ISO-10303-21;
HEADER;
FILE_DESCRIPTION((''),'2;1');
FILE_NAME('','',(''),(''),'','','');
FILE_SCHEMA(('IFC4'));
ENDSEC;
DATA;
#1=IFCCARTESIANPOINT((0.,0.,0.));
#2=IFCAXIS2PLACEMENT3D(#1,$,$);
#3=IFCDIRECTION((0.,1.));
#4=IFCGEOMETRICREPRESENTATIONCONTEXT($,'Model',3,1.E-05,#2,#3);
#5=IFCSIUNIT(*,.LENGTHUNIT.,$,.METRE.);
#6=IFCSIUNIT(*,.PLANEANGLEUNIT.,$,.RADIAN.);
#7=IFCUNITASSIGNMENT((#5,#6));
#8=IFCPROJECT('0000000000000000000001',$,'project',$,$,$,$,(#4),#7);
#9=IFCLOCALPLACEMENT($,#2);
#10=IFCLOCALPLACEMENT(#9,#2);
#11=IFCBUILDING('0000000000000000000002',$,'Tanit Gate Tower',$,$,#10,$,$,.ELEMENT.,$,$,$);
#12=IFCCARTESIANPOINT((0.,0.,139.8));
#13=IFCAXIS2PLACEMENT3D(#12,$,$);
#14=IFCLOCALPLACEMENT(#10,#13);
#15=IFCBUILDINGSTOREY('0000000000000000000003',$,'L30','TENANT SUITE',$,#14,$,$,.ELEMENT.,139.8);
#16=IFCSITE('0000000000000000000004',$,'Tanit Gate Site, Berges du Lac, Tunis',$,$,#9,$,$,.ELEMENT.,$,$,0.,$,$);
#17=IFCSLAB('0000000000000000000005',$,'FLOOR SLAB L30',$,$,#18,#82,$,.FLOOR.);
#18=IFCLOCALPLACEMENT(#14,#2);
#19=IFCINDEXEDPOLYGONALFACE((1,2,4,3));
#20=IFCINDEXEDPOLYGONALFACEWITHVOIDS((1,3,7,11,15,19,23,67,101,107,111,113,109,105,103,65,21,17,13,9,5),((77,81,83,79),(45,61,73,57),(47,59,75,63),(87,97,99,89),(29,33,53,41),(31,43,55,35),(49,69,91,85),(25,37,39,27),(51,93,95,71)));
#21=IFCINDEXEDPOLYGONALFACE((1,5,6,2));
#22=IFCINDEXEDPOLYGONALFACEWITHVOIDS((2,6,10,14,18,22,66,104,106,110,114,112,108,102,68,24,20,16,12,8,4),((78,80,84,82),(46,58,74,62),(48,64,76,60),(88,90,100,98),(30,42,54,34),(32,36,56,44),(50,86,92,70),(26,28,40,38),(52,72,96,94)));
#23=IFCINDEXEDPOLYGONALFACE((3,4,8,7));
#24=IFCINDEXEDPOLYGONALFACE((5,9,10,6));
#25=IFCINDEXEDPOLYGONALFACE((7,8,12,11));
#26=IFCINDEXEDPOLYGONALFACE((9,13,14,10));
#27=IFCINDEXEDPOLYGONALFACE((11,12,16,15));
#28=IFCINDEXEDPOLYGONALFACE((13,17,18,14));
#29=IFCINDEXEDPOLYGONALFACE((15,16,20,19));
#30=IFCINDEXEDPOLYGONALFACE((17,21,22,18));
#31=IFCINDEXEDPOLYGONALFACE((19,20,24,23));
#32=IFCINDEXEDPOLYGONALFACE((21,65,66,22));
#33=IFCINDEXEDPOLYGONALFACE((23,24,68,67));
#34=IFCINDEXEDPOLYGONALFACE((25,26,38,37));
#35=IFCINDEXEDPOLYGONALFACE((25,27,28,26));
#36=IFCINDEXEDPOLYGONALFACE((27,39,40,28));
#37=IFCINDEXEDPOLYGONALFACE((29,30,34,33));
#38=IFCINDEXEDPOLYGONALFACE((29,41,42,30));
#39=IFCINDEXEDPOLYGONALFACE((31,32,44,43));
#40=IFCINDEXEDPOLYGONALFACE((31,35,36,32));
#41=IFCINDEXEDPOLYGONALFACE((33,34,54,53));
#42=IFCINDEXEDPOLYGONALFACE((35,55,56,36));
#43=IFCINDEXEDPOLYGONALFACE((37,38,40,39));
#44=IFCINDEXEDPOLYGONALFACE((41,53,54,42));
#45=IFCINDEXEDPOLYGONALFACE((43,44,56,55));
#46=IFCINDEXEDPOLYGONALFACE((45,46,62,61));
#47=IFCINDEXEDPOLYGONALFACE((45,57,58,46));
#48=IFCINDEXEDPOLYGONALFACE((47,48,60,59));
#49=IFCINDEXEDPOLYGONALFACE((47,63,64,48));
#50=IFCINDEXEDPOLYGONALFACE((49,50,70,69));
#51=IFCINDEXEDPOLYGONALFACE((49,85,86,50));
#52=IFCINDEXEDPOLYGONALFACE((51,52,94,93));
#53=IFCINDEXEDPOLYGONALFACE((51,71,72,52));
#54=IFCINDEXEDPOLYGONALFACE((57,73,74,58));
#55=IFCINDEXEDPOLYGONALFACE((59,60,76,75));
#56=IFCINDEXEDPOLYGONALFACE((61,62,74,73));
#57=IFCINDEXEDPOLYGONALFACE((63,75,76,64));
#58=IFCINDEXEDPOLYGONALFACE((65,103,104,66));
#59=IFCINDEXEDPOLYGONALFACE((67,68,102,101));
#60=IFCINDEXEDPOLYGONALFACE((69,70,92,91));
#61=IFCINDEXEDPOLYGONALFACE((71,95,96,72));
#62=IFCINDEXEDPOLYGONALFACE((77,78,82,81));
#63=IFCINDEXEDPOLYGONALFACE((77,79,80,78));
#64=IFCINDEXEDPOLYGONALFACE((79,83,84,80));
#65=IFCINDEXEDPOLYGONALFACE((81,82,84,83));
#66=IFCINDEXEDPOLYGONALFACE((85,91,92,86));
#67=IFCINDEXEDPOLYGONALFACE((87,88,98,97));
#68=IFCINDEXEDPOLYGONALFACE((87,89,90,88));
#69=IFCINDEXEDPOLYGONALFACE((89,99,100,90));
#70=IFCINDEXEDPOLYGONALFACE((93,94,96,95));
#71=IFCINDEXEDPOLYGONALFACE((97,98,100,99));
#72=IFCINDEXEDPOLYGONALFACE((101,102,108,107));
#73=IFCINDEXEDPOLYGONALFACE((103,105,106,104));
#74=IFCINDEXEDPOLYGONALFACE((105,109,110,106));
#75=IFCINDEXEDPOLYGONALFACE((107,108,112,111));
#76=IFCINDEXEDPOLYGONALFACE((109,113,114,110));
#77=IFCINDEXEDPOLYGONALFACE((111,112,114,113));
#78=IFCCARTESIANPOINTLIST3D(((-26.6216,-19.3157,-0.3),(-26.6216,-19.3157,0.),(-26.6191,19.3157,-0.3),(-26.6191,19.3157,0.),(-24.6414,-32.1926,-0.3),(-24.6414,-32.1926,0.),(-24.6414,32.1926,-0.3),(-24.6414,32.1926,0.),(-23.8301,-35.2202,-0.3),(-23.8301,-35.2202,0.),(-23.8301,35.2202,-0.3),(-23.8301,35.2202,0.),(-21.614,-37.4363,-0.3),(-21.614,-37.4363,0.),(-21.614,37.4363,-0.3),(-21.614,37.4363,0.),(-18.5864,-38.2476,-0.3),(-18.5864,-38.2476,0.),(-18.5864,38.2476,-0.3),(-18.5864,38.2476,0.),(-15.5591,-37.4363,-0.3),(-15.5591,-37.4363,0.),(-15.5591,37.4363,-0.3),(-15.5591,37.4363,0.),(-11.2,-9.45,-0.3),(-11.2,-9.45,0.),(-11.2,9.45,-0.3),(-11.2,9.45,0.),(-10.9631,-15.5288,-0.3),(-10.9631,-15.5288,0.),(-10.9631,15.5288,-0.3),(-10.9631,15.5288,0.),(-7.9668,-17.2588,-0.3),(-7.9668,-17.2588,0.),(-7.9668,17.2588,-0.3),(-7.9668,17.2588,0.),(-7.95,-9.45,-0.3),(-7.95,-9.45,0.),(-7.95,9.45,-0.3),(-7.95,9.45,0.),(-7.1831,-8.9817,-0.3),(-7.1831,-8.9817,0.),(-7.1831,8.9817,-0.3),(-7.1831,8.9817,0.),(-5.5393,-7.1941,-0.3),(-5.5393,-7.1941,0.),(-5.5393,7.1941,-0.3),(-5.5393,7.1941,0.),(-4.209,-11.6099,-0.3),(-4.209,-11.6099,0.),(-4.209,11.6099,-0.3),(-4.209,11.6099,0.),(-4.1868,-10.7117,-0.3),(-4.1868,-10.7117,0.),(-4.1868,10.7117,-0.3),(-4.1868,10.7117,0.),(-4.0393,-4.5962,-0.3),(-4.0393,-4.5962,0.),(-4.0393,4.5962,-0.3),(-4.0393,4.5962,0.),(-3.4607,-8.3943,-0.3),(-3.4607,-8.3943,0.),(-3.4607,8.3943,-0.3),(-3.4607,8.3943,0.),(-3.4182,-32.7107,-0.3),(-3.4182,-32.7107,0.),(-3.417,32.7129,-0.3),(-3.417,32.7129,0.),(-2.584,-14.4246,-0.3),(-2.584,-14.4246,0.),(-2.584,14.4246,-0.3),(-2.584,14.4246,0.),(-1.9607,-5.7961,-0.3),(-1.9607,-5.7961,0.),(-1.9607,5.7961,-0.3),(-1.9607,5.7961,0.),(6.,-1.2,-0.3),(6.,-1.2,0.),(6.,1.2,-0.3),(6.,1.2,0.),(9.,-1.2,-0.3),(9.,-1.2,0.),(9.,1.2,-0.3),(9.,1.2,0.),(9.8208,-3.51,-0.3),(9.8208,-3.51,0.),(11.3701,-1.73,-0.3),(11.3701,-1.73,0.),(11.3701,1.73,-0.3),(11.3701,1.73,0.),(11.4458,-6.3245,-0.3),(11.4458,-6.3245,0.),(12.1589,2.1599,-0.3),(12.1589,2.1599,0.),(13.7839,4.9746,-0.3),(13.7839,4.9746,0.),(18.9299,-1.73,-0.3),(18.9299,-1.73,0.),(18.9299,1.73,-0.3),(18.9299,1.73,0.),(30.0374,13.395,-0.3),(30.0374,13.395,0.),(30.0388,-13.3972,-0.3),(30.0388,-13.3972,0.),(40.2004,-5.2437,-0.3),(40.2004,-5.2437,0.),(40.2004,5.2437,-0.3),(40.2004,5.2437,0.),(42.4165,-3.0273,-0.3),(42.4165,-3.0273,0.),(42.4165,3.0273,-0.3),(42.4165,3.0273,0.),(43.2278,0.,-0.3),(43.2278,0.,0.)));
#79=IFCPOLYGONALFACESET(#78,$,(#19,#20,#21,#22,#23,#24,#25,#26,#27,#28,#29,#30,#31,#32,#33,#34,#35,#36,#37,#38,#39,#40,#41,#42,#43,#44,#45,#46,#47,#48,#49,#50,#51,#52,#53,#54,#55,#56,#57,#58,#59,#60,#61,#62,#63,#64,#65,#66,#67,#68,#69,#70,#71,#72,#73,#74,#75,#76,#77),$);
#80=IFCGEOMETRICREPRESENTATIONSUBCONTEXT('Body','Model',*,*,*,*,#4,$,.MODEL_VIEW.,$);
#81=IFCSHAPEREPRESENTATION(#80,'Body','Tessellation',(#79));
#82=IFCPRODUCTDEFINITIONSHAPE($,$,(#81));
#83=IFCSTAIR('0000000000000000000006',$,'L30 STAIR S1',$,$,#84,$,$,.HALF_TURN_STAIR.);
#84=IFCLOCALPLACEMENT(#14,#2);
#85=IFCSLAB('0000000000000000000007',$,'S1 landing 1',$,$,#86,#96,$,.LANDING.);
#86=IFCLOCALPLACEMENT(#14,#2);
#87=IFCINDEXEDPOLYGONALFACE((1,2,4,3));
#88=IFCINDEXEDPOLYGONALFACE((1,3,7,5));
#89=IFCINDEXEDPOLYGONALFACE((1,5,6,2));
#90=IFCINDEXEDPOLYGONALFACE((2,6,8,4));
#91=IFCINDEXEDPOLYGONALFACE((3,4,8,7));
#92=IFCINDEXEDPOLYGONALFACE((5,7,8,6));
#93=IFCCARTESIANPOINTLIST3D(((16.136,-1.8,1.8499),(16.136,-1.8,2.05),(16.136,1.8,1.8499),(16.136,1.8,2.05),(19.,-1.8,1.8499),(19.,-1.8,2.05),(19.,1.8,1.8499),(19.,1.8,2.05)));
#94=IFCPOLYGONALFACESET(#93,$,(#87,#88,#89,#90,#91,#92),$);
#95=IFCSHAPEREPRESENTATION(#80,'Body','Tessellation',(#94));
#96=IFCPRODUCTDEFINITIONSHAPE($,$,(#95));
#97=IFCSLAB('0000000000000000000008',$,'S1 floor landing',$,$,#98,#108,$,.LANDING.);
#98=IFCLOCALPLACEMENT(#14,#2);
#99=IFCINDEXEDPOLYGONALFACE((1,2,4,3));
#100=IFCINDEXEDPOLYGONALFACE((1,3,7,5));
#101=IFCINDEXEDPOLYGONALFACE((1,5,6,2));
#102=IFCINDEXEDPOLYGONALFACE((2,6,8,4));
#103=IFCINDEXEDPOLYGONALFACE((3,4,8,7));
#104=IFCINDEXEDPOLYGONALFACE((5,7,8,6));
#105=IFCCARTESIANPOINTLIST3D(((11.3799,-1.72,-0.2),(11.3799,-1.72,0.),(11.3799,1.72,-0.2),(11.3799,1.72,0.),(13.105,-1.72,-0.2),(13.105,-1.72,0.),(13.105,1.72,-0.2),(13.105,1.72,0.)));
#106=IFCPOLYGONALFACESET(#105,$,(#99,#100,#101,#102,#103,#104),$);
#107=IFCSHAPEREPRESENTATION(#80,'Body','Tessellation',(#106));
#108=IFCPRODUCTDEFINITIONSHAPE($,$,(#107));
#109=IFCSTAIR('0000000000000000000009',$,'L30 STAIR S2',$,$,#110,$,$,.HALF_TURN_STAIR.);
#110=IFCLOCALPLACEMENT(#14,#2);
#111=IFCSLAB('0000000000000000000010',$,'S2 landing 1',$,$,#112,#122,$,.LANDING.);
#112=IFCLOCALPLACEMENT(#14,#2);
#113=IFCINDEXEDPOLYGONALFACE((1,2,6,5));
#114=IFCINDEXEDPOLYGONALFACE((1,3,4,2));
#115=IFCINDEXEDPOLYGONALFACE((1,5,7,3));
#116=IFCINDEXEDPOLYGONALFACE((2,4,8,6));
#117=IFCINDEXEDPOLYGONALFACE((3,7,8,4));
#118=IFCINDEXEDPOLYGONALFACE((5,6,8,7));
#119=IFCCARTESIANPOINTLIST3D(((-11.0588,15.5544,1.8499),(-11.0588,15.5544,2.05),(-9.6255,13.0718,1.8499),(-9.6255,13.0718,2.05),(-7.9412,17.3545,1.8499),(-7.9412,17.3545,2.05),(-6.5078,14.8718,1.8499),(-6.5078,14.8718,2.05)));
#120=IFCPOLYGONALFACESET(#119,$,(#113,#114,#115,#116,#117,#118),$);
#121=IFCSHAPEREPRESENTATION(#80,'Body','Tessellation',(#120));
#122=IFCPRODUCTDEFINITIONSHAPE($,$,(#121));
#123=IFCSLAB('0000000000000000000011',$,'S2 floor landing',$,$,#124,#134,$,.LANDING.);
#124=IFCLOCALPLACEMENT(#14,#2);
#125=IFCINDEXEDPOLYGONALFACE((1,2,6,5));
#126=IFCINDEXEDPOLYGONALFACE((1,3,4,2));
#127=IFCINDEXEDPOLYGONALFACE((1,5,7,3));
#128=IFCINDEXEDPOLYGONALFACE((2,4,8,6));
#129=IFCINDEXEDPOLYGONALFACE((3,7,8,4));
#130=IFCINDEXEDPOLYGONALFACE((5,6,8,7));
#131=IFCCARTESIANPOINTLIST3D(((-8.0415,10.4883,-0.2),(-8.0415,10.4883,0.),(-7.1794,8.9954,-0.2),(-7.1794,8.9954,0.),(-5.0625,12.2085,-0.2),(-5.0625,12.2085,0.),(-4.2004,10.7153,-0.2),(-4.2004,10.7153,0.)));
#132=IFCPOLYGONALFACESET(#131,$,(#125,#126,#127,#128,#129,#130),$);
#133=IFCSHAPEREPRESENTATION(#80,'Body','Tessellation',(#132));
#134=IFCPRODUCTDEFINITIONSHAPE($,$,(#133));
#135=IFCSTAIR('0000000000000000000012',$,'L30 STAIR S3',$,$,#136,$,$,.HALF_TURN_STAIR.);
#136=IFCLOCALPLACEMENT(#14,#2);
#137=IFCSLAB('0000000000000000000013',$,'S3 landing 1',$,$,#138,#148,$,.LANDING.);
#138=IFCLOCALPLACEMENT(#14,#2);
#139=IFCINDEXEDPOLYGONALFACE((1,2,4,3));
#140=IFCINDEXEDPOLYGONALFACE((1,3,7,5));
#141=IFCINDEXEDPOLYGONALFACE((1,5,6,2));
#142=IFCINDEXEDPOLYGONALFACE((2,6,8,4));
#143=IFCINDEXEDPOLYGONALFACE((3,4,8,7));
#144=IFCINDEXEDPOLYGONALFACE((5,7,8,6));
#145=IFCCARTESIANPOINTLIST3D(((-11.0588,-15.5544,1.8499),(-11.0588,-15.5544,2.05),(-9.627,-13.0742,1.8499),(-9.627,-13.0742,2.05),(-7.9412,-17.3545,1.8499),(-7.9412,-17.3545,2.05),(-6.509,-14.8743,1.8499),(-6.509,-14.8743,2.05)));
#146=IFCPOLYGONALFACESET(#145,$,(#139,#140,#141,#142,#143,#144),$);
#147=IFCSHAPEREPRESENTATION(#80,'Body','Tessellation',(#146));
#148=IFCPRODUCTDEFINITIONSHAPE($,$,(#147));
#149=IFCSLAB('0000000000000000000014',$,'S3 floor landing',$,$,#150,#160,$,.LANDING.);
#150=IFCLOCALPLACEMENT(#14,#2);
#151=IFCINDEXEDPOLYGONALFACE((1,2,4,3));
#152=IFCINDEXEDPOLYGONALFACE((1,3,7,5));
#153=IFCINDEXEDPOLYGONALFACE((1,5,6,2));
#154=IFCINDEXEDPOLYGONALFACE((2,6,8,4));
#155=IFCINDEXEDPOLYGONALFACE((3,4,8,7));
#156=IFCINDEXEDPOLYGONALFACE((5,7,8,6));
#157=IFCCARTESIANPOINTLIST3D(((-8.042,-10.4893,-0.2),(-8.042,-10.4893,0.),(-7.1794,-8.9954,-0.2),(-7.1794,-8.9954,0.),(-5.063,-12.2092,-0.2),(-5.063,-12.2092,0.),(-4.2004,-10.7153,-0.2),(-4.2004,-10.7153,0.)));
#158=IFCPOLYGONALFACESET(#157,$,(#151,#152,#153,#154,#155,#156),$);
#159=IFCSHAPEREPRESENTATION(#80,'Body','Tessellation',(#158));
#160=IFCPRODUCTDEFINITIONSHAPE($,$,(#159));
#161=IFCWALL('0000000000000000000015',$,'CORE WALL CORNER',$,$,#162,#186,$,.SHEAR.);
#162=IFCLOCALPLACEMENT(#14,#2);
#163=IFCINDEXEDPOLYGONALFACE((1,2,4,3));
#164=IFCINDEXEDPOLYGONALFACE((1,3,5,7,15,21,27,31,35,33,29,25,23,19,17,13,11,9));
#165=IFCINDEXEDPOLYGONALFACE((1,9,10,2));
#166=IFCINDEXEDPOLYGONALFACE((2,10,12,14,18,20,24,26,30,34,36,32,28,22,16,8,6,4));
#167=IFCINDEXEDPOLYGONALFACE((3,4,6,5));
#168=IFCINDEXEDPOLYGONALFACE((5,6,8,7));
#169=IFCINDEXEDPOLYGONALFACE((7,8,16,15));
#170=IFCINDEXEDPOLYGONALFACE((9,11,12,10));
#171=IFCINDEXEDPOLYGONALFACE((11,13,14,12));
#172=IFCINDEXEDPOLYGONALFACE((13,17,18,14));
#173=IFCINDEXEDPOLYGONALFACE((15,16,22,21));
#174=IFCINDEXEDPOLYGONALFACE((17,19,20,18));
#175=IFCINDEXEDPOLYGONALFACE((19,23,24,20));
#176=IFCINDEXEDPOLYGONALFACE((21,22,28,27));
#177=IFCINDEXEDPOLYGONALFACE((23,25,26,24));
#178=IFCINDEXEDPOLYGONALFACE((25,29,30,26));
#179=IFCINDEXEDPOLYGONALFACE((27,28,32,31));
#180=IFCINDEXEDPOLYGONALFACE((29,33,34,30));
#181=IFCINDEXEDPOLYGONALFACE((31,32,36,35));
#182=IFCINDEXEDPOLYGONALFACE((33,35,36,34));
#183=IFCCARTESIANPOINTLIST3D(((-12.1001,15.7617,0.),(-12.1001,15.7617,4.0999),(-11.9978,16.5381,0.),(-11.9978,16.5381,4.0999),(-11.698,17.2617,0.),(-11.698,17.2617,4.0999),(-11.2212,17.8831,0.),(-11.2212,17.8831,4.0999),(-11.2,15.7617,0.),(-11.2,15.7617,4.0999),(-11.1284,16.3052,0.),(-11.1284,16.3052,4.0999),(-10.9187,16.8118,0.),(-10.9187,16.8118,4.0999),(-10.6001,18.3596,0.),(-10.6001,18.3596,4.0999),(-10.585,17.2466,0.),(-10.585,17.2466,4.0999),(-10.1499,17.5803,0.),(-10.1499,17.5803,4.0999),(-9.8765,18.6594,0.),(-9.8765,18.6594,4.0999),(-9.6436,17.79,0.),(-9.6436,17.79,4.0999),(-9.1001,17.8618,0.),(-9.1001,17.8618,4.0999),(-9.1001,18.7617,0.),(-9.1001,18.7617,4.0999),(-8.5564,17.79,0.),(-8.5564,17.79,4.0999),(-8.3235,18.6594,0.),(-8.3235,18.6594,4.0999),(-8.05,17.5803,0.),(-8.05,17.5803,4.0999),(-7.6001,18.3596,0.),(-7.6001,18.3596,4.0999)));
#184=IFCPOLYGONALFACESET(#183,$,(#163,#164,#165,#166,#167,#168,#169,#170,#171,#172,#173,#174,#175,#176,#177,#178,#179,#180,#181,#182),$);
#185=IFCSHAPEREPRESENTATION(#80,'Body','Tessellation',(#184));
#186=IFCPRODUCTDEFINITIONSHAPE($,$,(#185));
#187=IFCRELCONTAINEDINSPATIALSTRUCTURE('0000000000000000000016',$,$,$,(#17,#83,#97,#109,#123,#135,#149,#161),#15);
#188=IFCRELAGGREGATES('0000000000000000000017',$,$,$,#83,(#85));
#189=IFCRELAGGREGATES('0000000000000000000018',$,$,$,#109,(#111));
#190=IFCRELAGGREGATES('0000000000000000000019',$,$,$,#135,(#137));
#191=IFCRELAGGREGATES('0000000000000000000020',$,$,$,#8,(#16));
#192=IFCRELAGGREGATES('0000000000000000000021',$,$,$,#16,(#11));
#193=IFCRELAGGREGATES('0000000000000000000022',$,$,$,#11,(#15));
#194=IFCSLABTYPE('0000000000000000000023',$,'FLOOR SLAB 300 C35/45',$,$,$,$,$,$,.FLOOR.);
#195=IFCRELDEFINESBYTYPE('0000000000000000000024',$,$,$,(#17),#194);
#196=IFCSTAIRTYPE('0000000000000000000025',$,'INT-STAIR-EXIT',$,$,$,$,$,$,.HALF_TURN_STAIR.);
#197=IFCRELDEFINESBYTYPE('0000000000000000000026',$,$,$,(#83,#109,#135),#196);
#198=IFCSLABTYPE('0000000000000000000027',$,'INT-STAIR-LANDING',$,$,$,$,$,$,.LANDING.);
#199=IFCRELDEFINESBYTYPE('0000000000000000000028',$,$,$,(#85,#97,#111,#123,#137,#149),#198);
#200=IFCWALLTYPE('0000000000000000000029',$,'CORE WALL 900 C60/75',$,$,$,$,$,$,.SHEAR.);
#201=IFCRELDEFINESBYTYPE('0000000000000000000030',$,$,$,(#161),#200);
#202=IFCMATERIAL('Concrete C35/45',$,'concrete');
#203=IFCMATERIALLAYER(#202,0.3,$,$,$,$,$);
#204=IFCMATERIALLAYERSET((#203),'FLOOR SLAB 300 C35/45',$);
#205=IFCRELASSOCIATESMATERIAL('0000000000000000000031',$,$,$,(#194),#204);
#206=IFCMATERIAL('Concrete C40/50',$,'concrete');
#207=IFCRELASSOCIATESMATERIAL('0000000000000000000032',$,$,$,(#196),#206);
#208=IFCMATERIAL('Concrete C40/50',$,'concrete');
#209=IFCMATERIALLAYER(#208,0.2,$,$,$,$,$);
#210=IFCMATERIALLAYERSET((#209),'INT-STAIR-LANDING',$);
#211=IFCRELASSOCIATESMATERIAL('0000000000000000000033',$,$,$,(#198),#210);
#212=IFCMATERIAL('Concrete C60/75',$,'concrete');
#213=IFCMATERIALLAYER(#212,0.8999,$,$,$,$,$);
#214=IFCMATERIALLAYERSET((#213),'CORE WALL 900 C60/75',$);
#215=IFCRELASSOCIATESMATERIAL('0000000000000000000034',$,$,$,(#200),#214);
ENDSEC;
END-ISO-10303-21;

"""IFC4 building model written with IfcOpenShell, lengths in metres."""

from ifc_helpers import new_model, si_unit, direction, frame, origin, place, context, subcontext, project, spatial, polyline, outline, extrude, material, layer, layer_set, type_object, element, aggregate, save


model = new_model("IFC4")

# Units and contexts
model_context = context("Model", 3, precision=1e-05, world=origin(), true_north=direction((0.0, 1.0)))
body_context = subcontext(model_context, "Body", "Model", "MODEL_VIEW")
ifc_project = project(units=[si_unit("LENGTHUNIT", "METRE"), si_unit("PLANEANGLEUNIT", "RADIAN")], contexts=[model_context])

# Site, building, storey
site_placement = place(None, origin())
site = spatial("IfcSite", under=ifc_project, at=site_placement, Name="Tanit Gate Site, Berges du Lac, Tunis", CompositionType="ELEMENT", RefElevation=0.0)
building_placement = place(site_placement, origin())
building = spatial("IfcBuilding", under=site, at=building_placement, Name="Tanit Gate Tower", CompositionType="ELEMENT")
storey_placement = place(building_placement, frame((0.0, 0.0, 139.8)))
storey = spatial("IfcBuildingStorey", under=building, at=storey_placement, Name="L30", Description="TENANT SUITE", CompositionType="ELEMENT", Elevation=139.8)

# Slab
ifc_material_1 = material(Name="Concrete C35/45", Category="concrete")
ifc_layer_1 = layer(ifc_material_1, 0.3)
ifc_layer_set_1 = layer_set([ifc_layer_1], Name="FLOOR SLAB 300 C35/45")
slab_type_1 = type_object("IfcSlabType", Name="FLOOR SLAB 300 C35/45", PredefinedType="FLOOR", material=ifc_layer_set_1)
slab_1_placement = place(storey_placement, frame((0.0, 0.0, -0.3)))
element("IfcSlab", 1, at=slab_1_placement, inside=storey, type_object=slab_type_1, Name="FLOOR SLAB L30", PredefinedType="FLOOR", context=body_context, shape_type="SweptSolid", body=[
    extrude(outline(polyline([(40.2004, 5.2437), (42.4165, 3.0273), (43.2278, 0.0), (42.4165, -3.0273), (40.2004, -5.2437), (30.0388, -13.3972), (-3.4182, -32.7107), (-15.5591, -37.4363), (-18.5864, -38.2476), (-21.614, -37.4363), (-23.8301, -35.2202), (-24.6414, -32.1926), (-26.6216, -19.3157), (-26.6191, 19.3157), (-24.6414, 32.1926), (-23.8301, 35.2202), (-21.614, 37.4363), (-18.5864, 38.2476), (-15.5591, 37.4363), (-3.417, 32.7129), (30.0374, 13.395), (40.2004, 5.2437)]), holes=[polyline([(11.3701, 1.73), (18.9299, 1.73), (18.9299, -1.73), (11.3701, -1.73), (11.3701, 1.73)]), polyline([(-4.209, 11.6099), (-2.584, 14.4246), (13.7839, 4.9746), (12.1589, 2.1599), (-4.209, 11.6099)]), polyline([(-4.209, -11.6099), (9.8208, -3.51), (11.4458, -6.3245), (-2.584, -14.4246), (-4.209, -11.6099)]), polyline([(9.0, 1.2), (9.0, -1.2), (6.0, -1.2), (6.0, 1.2), (9.0, 1.2)]), polyline([(-5.5393, 7.1941), (-3.4607, 8.3943), (-1.9607, 5.7961), (-4.0393, 4.5962), (-5.5393, 7.1941)]), polyline([(-1.9607, -5.7961), (-3.4607, -8.3943), (-5.5393, -7.1941), (-4.0393, -4.5962), (-1.9607, -5.7961)]), polyline([(-10.9631, 15.5288), (-7.9668, 17.2588), (-4.1868, 10.7117), (-7.1831, 8.9817), (-10.9631, 15.5288)]), polyline([(-4.1868, -10.7117), (-7.9668, -17.2588), (-10.9631, -15.5288), (-7.1831, -8.9817), (-4.1868, -10.7117)]), polyline([(-11.2, -9.45), (-11.2, 9.45), (-7.95, 9.45), (-7.95, -9.45), (-11.2, -9.45)])]), origin(), (0.0, 0.0, 1.0), 0.3),
])

# Stair, slab
ifc_material_2 = material(Name="Concrete C40/50", Category="concrete")
stair_type = type_object("IfcStairType", Name="INT-STAIR-EXIT", PredefinedType="HALF_TURN_STAIR", material=ifc_material_2)
stair_1_placement = place(storey_placement, origin())
stair_1 = element("IfcStair", 2, at=stair_1_placement, inside=storey, type_object=stair_type, Name="L30 STAIR S1", PredefinedType="HALF_TURN_STAIR")
ifc_material_3 = material(Name="Concrete C40/50", Category="concrete")
ifc_layer_2 = layer(ifc_material_3, 0.2)
ifc_layer_set_2 = layer_set([ifc_layer_2], Name="INT-STAIR-LANDING")
slab_type_2 = type_object("IfcSlabType", Name="INT-STAIR-LANDING", PredefinedType="LANDING", material=ifc_layer_set_2)
slab_2_placement = place(storey_placement, frame((0.0, 0.0, 1.8499)))
slab_2 = element("IfcSlab", 3, at=slab_2_placement, type_object=slab_type_2, Name="S1 landing 1", PredefinedType="LANDING", context=body_context, shape_type="SweptSolid", body=[
    extrude(outline(polyline([(16.136, -1.8), (19.0, -1.8), (19.0, 1.8), (16.136, 1.8), (16.136, -1.8)])), origin(), (0.0, 0.0, 1.0), 0.2002),
])
aggregate(stair_1, [slab_2])

# Slab
slab_3_placement = place(storey_placement, frame((0.0, 0.0, -0.2)))
element("IfcSlab", 4, at=slab_3_placement, inside=storey, type_object=slab_type_2, Name="S1 floor landing", PredefinedType="LANDING", context=body_context, shape_type="SweptSolid", body=[
    extrude(outline(polyline([(11.3799, -1.72), (13.105, -1.72), (13.105, 1.72), (11.3799, 1.72), (11.3799, -1.72)])), origin(), (0.0, 0.0, 1.0), 0.2),
])

# Stair, slab
stair_2_placement = place(storey_placement, origin())
stair_2 = element("IfcStair", 5, at=stair_2_placement, inside=storey, type_object=stair_type, Name="L30 STAIR S2", PredefinedType="HALF_TURN_STAIR")
slab_4_placement = place(storey_placement, frame((0.0, 0.0, 1.8499)))
slab_4 = element("IfcSlab", 6, at=slab_4_placement, type_object=slab_type_2, Name="S2 landing 1", PredefinedType="LANDING", context=body_context, shape_type="SweptSolid", body=[
    extrude(outline(polyline([(-6.5078, 14.8718), (-7.9412, 17.3545), (-11.0588, 15.5544), (-9.6255, 13.0718), (-6.5078, 14.8718)])), origin(), (0.0, 0.0, 1.0), 0.2002),
])
aggregate(stair_2, [slab_4])

# Slab
slab_5_placement = place(storey_placement, frame((0.0, 0.0, -0.2)))
element("IfcSlab", 7, at=slab_5_placement, inside=storey, type_object=slab_type_2, Name="S2 floor landing", PredefinedType="LANDING", context=body_context, shape_type="SweptSolid", body=[
    extrude(outline(polyline([(-4.2004, 10.7153), (-5.0625, 12.2085), (-8.0415, 10.4883), (-7.1794, 8.9954), (-4.2004, 10.7153)])), origin(), (0.0, 0.0, 1.0), 0.2),
])

# Stair, slab
stair_3_placement = place(storey_placement, origin())
stair_3 = element("IfcStair", 8, at=stair_3_placement, inside=storey, type_object=stair_type, Name="L30 STAIR S3", PredefinedType="HALF_TURN_STAIR")
slab_6_placement = place(storey_placement, frame((0.0, 0.0, 1.8499)))
slab_6 = element("IfcSlab", 9, at=slab_6_placement, type_object=slab_type_2, Name="S3 landing 1", PredefinedType="LANDING", context=body_context, shape_type="SweptSolid", body=[
    extrude(outline(polyline([(-9.627, -13.0742), (-11.0588, -15.5544), (-7.9412, -17.3545), (-6.509, -14.8743), (-9.627, -13.0742)])), origin(), (0.0, 0.0, 1.0), 0.2002),
])
aggregate(stair_3, [slab_6])

# Slab
slab_7_placement = place(storey_placement, frame((0.0, 0.0, -0.2)))
element("IfcSlab", 10, at=slab_7_placement, inside=storey, type_object=slab_type_2, Name="S3 floor landing", PredefinedType="LANDING", context=body_context, shape_type="SweptSolid", body=[
    extrude(outline(polyline([(-7.1794, -8.9954), (-8.042, -10.4893), (-5.063, -12.2092), (-4.2004, -10.7153), (-7.1794, -8.9954)])), origin(), (0.0, 0.0, 1.0), 0.2),
])

# Wall
ifc_material_4 = material(Name="Concrete C60/75", Category="concrete")
ifc_layer_3 = layer(ifc_material_4, 0.8999)
ifc_layer_set_3 = layer_set([ifc_layer_3], Name="CORE WALL 900 C60/75")
wall_type_1 = type_object("IfcWallType", Name="CORE WALL 900 C60/75", PredefinedType="SHEAR", material=ifc_layer_set_3)
wall_1_placement = place(storey_placement, origin())
element("IfcWall", 11, at=wall_1_placement, inside=storey, type_object=wall_type_1, Name="CORE WALL CORNER", PredefinedType="SHEAR", context=body_context, shape_type="SweptSolid", body=[
    extrude(outline(polyline([(-7.6001, 18.3596), (-8.3235, 18.6594), (-9.1001, 18.7617), (-9.8765, 18.6594), (-10.6001, 18.3596), (-11.2212, 17.8831), (-11.698, 17.2617), (-11.9978, 16.5381), (-12.1001, 15.7617), (-11.2, 15.7617), (-11.1284, 16.3052), (-10.9187, 16.8118), (-10.585, 17.2466), (-10.1499, 17.5803), (-9.6436, 17.79), (-9.1001, 17.8618), (-8.5564, 17.79), (-8.05, 17.5803), (-7.6001, 18.3596)])), origin(), (0.0, 0.0, 1.0), 4.0999),
])

save(model, "model.ifc")
